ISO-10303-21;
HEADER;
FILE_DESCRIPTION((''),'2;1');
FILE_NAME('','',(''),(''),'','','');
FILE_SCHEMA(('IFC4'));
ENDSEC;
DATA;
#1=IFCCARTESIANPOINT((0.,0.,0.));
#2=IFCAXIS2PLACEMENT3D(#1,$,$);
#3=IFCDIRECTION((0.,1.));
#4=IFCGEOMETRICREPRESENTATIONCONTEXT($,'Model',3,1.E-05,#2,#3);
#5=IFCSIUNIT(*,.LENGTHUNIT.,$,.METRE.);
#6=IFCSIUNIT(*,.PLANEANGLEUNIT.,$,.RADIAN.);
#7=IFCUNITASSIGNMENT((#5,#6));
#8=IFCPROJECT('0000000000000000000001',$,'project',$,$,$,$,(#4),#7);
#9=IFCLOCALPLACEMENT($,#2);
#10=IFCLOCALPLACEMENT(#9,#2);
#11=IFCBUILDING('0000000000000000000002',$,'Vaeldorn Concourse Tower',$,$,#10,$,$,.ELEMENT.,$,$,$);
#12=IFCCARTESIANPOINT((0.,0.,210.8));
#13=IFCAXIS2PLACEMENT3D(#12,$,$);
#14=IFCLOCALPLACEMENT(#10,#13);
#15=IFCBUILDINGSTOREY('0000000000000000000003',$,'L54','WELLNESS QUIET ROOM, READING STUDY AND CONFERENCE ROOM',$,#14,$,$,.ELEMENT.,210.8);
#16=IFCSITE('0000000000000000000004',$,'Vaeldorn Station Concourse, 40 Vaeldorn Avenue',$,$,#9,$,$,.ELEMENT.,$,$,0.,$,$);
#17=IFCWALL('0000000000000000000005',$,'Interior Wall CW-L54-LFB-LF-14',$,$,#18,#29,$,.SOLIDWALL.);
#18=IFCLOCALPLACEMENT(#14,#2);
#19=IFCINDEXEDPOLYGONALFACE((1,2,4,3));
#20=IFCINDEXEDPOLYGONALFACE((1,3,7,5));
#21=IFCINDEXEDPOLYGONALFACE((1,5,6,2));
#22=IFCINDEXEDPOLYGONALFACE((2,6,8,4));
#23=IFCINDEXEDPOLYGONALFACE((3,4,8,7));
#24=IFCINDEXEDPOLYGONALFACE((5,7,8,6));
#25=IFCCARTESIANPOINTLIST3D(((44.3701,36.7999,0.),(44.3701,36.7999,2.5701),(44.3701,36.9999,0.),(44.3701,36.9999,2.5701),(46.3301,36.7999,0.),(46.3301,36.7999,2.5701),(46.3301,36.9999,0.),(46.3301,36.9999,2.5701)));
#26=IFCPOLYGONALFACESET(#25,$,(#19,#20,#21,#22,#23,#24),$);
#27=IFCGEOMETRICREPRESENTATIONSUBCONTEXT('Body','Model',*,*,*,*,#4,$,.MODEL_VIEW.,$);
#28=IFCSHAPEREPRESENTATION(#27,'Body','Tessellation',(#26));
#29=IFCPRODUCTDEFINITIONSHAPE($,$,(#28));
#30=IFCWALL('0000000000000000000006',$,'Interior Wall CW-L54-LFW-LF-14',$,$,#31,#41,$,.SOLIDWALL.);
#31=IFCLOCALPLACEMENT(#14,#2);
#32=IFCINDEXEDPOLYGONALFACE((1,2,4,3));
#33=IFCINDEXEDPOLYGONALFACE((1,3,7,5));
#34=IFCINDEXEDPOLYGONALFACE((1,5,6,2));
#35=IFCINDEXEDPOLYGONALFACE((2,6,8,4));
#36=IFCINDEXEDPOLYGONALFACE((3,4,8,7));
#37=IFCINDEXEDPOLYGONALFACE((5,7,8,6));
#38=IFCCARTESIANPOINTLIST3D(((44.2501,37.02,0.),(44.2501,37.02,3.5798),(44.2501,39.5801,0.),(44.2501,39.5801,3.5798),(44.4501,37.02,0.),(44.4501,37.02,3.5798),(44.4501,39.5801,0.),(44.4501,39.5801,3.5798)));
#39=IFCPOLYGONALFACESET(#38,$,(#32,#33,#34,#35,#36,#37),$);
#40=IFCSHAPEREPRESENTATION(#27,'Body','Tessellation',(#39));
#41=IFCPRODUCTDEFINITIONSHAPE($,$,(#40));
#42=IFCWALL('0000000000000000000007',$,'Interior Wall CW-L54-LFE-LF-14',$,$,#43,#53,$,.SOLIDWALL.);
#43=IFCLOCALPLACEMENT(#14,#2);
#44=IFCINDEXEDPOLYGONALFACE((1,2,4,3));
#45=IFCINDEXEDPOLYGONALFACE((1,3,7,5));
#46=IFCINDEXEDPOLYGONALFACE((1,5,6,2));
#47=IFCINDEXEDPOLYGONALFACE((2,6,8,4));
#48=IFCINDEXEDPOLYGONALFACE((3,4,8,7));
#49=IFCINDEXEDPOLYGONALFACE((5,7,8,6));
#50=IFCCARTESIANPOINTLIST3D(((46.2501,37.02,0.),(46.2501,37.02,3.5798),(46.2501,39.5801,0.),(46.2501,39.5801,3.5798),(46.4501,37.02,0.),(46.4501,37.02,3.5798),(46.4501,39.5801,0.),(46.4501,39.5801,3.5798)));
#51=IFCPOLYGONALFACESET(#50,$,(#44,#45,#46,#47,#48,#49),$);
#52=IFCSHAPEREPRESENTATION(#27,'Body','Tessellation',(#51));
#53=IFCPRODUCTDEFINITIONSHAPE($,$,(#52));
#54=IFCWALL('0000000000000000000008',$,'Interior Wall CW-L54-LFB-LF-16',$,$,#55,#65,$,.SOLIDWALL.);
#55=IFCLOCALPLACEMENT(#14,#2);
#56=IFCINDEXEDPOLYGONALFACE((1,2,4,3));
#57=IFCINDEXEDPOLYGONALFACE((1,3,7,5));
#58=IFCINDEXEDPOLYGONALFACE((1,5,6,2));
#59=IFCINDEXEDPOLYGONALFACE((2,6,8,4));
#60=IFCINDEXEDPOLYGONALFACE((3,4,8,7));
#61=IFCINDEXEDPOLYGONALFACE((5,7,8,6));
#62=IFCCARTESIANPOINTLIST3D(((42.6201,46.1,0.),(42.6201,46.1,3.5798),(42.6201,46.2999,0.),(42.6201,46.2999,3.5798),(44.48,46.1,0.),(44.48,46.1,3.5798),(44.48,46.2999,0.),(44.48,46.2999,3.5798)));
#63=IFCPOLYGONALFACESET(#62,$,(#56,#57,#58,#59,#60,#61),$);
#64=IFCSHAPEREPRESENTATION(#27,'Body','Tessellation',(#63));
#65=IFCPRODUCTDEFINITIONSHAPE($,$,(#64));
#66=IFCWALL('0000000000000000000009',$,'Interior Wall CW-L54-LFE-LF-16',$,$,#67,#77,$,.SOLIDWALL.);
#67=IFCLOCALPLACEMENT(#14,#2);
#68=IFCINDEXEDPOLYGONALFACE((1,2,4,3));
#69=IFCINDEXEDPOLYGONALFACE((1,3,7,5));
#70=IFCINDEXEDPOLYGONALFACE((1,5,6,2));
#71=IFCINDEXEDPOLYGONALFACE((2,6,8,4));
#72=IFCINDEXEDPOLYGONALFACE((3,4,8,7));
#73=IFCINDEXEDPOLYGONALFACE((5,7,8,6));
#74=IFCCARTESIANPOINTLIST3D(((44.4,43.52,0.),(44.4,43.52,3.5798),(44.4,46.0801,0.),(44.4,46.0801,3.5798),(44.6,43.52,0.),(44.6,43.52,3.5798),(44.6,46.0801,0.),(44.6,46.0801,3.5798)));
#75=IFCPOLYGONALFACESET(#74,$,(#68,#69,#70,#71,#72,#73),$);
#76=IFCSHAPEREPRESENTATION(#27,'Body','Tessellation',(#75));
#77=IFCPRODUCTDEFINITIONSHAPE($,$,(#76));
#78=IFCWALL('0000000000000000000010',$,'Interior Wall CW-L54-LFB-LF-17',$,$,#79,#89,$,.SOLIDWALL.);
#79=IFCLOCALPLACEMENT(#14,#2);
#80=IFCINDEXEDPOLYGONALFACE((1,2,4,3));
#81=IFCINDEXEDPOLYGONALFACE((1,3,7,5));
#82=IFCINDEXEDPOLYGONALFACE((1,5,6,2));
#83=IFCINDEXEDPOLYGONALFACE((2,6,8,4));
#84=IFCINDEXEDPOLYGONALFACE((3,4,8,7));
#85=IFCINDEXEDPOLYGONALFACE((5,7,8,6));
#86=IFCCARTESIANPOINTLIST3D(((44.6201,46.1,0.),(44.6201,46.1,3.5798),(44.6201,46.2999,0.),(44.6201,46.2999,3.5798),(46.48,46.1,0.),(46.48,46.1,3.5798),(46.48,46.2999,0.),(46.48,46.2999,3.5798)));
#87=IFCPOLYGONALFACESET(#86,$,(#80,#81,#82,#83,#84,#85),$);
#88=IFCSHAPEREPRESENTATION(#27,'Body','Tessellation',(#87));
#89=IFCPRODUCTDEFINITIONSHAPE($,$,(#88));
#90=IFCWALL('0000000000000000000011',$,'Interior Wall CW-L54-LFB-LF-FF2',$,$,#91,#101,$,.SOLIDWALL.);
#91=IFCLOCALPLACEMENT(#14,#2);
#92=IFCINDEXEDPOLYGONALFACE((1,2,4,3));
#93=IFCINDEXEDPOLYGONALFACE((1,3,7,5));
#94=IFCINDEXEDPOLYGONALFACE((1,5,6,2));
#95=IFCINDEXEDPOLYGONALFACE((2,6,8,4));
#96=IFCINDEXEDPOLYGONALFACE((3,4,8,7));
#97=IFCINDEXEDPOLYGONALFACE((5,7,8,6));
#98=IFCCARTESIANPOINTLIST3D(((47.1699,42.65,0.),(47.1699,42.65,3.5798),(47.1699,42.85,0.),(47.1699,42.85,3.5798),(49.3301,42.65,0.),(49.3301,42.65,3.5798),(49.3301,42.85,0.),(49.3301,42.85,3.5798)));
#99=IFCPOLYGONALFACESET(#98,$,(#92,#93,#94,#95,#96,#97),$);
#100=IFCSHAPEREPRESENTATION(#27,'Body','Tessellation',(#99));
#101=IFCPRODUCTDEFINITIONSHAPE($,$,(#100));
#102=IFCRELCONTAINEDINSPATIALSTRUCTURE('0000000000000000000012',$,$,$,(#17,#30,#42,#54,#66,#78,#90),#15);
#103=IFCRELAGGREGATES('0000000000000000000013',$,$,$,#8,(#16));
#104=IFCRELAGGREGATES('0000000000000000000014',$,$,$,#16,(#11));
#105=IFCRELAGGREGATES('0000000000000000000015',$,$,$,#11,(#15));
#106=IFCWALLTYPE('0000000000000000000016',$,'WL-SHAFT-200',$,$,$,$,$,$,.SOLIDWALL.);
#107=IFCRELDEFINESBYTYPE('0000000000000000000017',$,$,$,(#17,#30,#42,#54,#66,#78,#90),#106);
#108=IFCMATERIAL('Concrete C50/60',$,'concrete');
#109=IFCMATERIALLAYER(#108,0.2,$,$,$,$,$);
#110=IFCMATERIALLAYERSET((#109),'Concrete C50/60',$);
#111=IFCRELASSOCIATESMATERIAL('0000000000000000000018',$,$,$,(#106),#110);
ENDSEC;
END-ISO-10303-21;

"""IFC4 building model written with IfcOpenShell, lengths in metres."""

from ifc_helpers import new_model, si_unit, direction, frame, frame_2d, origin, place, context, subcontext, project, spatial, rectangle, extrude, material, layer, layer_set, type_object, element, save


model = new_model("IFC4")

# Units and contexts
model_context = context("Model", 3, precision=1e-05, world=origin(), true_north=direction((0.0, 1.0)))
body_context = subcontext(model_context, "Body", "Model", "MODEL_VIEW")
ifc_project = project(units=[si_unit("LENGTHUNIT", "METRE"), si_unit("PLANEANGLEUNIT", "RADIAN")], contexts=[model_context])

# Site, building, storey
site_placement = place(None, origin())
site = spatial("IfcSite", under=ifc_project, at=site_placement, Name="Vaeldorn Station Concourse, 40 Vaeldorn Avenue", CompositionType="ELEMENT", RefElevation=0.0)
building_placement = place(site_placement, origin())
building = spatial("IfcBuilding", under=site, at=building_placement, Name="Vaeldorn Concourse Tower", CompositionType="ELEMENT")
storey_placement = place(building_placement, frame((0.0, 0.0, 210.8)))
storey = spatial("IfcBuildingStorey", under=building, at=storey_placement, Name="L54", Description="WELLNESS QUIET ROOM, READING STUDY AND CONFERENCE ROOM", CompositionType="ELEMENT", Elevation=210.8)

# Shared definitions
ifc_material_1 = material(Name="Concrete C50/60", Category="concrete")

# Shared definitions
ifc_layer_1 = layer(ifc_material_1, 0.2)
ifc_layer_set_1 = layer_set([ifc_layer_1], Name="Concrete C50/60")
wall_type_1 = type_object("IfcWallType", Name="WL-SHAFT-200", PredefinedType="SOLIDWALL", material=ifc_layer_set_1)

# Walls
wall_1_placement = place(storey_placement, frame((44.3701, 36.8999, 0.0), z_axis=(0.0, 0.0, 1.0), x_axis=(1.0, 0.0, 0.0)))
element("IfcWall", 1, at=wall_1_placement, inside=storey, type_object=wall_type_1, Name="Interior Wall CW-L54-LFB-LF-14", PredefinedType="SOLIDWALL", context=body_context, shape_type="SweptSolid", body=[
    extrude(rectangle(XDim=1.96, YDim=0.2, at=frame_2d((0.98, 0.0))), origin(), (0.0, 0.0, 1.0), 2.5701),
])
for number, where, z_axis, x_axis, name in (
    (2, (44.3501, 37.02, 0.0), (0.0, 0.0, 1.0), (0.0, 1.0, 0.0), "Interior Wall CW-L54-LFW-LF-14"),
    (3, (46.3501, 37.02, 0.0), (0.0, 0.0, 1.0), (0.0, 1.0, 0.0), "Interior Wall CW-L54-LFE-LF-14"),
):
    element("IfcWall", number, at=place(storey_placement, frame(where, z_axis=z_axis, x_axis=x_axis)), inside=storey, type_object=wall_type_1, Name=name, PredefinedType="SOLIDWALL", context=body_context, shape_type="SweptSolid", body=[
        extrude(rectangle(XDim=2.5601, YDim=0.2, at=frame_2d((1.28, 0.0))), origin(), (0.0, 0.0, 1.0), 3.5798),
    ])

# Walls
wall_2_placement = place(storey_placement, frame((42.6201, 46.2, 0.0), z_axis=(0.0, 0.0, 1.0), x_axis=(1.0, 0.0, 0.0)))
element("IfcWall", 4, at=wall_2_placement, inside=storey, type_object=wall_type_1, Name="Interior Wall CW-L54-LFB-LF-16", PredefinedType="SOLIDWALL", context=body_context, shape_type="SweptSolid", body=[
    extrude(rectangle(XDim=1.8599, YDim=0.2, at=frame_2d((0.9299, 0.0))), origin(), (0.0, 0.0, 1.0), 3.5798),
])
wall_3_placement = place(storey_placement, frame((44.5, 43.52, 0.0), z_axis=(0.0, 0.0, 1.0), x_axis=(0.0, 1.0, 0.0)))
element("IfcWall", 5, at=wall_3_placement, inside=storey, type_object=wall_type_1, Name="Interior Wall CW-L54-LFE-LF-16", PredefinedType="SOLIDWALL", context=body_context, shape_type="SweptSolid", body=[
    extrude(rectangle(XDim=2.5601, YDim=0.2, at=frame_2d((1.28, 0.0))), origin(), (0.0, 0.0, 1.0), 3.5798),
])

# Wall
wall_4_placement = place(storey_placement, frame((44.6201, 46.2, 0.0), z_axis=(0.0, 0.0, 1.0), x_axis=(1.0, 0.0, 0.0)))
element("IfcWall", 6, at=wall_4_placement, inside=storey, type_object=wall_type_1, Name="Interior Wall CW-L54-LFB-LF-17", PredefinedType="SOLIDWALL", context=body_context, shape_type="SweptSolid", body=[
    extrude(rectangle(XDim=1.8599, YDim=0.2, at=frame_2d((0.9299, 0.0))), origin(), (0.0, 0.0, 1.0), 3.5798),
])

# Wall
wall_5_placement = place(storey_placement, frame((47.1699, 42.75, 0.0), z_axis=(0.0, 0.0, 1.0), x_axis=(1.0, 0.0, 0.0)))
element("IfcWall", 7, at=wall_5_placement, inside=storey, type_object=wall_type_1, Name="Interior Wall CW-L54-LFB-LF-FF2", PredefinedType="SOLIDWALL", context=body_context, shape_type="SweptSolid", body=[
    extrude(rectangle(XDim=2.1602, YDim=0.2, at=frame_2d((1.0801, 0.0))), origin(), (0.0, 0.0, 1.0), 3.5798),
])

save(model, "model.ifc")
